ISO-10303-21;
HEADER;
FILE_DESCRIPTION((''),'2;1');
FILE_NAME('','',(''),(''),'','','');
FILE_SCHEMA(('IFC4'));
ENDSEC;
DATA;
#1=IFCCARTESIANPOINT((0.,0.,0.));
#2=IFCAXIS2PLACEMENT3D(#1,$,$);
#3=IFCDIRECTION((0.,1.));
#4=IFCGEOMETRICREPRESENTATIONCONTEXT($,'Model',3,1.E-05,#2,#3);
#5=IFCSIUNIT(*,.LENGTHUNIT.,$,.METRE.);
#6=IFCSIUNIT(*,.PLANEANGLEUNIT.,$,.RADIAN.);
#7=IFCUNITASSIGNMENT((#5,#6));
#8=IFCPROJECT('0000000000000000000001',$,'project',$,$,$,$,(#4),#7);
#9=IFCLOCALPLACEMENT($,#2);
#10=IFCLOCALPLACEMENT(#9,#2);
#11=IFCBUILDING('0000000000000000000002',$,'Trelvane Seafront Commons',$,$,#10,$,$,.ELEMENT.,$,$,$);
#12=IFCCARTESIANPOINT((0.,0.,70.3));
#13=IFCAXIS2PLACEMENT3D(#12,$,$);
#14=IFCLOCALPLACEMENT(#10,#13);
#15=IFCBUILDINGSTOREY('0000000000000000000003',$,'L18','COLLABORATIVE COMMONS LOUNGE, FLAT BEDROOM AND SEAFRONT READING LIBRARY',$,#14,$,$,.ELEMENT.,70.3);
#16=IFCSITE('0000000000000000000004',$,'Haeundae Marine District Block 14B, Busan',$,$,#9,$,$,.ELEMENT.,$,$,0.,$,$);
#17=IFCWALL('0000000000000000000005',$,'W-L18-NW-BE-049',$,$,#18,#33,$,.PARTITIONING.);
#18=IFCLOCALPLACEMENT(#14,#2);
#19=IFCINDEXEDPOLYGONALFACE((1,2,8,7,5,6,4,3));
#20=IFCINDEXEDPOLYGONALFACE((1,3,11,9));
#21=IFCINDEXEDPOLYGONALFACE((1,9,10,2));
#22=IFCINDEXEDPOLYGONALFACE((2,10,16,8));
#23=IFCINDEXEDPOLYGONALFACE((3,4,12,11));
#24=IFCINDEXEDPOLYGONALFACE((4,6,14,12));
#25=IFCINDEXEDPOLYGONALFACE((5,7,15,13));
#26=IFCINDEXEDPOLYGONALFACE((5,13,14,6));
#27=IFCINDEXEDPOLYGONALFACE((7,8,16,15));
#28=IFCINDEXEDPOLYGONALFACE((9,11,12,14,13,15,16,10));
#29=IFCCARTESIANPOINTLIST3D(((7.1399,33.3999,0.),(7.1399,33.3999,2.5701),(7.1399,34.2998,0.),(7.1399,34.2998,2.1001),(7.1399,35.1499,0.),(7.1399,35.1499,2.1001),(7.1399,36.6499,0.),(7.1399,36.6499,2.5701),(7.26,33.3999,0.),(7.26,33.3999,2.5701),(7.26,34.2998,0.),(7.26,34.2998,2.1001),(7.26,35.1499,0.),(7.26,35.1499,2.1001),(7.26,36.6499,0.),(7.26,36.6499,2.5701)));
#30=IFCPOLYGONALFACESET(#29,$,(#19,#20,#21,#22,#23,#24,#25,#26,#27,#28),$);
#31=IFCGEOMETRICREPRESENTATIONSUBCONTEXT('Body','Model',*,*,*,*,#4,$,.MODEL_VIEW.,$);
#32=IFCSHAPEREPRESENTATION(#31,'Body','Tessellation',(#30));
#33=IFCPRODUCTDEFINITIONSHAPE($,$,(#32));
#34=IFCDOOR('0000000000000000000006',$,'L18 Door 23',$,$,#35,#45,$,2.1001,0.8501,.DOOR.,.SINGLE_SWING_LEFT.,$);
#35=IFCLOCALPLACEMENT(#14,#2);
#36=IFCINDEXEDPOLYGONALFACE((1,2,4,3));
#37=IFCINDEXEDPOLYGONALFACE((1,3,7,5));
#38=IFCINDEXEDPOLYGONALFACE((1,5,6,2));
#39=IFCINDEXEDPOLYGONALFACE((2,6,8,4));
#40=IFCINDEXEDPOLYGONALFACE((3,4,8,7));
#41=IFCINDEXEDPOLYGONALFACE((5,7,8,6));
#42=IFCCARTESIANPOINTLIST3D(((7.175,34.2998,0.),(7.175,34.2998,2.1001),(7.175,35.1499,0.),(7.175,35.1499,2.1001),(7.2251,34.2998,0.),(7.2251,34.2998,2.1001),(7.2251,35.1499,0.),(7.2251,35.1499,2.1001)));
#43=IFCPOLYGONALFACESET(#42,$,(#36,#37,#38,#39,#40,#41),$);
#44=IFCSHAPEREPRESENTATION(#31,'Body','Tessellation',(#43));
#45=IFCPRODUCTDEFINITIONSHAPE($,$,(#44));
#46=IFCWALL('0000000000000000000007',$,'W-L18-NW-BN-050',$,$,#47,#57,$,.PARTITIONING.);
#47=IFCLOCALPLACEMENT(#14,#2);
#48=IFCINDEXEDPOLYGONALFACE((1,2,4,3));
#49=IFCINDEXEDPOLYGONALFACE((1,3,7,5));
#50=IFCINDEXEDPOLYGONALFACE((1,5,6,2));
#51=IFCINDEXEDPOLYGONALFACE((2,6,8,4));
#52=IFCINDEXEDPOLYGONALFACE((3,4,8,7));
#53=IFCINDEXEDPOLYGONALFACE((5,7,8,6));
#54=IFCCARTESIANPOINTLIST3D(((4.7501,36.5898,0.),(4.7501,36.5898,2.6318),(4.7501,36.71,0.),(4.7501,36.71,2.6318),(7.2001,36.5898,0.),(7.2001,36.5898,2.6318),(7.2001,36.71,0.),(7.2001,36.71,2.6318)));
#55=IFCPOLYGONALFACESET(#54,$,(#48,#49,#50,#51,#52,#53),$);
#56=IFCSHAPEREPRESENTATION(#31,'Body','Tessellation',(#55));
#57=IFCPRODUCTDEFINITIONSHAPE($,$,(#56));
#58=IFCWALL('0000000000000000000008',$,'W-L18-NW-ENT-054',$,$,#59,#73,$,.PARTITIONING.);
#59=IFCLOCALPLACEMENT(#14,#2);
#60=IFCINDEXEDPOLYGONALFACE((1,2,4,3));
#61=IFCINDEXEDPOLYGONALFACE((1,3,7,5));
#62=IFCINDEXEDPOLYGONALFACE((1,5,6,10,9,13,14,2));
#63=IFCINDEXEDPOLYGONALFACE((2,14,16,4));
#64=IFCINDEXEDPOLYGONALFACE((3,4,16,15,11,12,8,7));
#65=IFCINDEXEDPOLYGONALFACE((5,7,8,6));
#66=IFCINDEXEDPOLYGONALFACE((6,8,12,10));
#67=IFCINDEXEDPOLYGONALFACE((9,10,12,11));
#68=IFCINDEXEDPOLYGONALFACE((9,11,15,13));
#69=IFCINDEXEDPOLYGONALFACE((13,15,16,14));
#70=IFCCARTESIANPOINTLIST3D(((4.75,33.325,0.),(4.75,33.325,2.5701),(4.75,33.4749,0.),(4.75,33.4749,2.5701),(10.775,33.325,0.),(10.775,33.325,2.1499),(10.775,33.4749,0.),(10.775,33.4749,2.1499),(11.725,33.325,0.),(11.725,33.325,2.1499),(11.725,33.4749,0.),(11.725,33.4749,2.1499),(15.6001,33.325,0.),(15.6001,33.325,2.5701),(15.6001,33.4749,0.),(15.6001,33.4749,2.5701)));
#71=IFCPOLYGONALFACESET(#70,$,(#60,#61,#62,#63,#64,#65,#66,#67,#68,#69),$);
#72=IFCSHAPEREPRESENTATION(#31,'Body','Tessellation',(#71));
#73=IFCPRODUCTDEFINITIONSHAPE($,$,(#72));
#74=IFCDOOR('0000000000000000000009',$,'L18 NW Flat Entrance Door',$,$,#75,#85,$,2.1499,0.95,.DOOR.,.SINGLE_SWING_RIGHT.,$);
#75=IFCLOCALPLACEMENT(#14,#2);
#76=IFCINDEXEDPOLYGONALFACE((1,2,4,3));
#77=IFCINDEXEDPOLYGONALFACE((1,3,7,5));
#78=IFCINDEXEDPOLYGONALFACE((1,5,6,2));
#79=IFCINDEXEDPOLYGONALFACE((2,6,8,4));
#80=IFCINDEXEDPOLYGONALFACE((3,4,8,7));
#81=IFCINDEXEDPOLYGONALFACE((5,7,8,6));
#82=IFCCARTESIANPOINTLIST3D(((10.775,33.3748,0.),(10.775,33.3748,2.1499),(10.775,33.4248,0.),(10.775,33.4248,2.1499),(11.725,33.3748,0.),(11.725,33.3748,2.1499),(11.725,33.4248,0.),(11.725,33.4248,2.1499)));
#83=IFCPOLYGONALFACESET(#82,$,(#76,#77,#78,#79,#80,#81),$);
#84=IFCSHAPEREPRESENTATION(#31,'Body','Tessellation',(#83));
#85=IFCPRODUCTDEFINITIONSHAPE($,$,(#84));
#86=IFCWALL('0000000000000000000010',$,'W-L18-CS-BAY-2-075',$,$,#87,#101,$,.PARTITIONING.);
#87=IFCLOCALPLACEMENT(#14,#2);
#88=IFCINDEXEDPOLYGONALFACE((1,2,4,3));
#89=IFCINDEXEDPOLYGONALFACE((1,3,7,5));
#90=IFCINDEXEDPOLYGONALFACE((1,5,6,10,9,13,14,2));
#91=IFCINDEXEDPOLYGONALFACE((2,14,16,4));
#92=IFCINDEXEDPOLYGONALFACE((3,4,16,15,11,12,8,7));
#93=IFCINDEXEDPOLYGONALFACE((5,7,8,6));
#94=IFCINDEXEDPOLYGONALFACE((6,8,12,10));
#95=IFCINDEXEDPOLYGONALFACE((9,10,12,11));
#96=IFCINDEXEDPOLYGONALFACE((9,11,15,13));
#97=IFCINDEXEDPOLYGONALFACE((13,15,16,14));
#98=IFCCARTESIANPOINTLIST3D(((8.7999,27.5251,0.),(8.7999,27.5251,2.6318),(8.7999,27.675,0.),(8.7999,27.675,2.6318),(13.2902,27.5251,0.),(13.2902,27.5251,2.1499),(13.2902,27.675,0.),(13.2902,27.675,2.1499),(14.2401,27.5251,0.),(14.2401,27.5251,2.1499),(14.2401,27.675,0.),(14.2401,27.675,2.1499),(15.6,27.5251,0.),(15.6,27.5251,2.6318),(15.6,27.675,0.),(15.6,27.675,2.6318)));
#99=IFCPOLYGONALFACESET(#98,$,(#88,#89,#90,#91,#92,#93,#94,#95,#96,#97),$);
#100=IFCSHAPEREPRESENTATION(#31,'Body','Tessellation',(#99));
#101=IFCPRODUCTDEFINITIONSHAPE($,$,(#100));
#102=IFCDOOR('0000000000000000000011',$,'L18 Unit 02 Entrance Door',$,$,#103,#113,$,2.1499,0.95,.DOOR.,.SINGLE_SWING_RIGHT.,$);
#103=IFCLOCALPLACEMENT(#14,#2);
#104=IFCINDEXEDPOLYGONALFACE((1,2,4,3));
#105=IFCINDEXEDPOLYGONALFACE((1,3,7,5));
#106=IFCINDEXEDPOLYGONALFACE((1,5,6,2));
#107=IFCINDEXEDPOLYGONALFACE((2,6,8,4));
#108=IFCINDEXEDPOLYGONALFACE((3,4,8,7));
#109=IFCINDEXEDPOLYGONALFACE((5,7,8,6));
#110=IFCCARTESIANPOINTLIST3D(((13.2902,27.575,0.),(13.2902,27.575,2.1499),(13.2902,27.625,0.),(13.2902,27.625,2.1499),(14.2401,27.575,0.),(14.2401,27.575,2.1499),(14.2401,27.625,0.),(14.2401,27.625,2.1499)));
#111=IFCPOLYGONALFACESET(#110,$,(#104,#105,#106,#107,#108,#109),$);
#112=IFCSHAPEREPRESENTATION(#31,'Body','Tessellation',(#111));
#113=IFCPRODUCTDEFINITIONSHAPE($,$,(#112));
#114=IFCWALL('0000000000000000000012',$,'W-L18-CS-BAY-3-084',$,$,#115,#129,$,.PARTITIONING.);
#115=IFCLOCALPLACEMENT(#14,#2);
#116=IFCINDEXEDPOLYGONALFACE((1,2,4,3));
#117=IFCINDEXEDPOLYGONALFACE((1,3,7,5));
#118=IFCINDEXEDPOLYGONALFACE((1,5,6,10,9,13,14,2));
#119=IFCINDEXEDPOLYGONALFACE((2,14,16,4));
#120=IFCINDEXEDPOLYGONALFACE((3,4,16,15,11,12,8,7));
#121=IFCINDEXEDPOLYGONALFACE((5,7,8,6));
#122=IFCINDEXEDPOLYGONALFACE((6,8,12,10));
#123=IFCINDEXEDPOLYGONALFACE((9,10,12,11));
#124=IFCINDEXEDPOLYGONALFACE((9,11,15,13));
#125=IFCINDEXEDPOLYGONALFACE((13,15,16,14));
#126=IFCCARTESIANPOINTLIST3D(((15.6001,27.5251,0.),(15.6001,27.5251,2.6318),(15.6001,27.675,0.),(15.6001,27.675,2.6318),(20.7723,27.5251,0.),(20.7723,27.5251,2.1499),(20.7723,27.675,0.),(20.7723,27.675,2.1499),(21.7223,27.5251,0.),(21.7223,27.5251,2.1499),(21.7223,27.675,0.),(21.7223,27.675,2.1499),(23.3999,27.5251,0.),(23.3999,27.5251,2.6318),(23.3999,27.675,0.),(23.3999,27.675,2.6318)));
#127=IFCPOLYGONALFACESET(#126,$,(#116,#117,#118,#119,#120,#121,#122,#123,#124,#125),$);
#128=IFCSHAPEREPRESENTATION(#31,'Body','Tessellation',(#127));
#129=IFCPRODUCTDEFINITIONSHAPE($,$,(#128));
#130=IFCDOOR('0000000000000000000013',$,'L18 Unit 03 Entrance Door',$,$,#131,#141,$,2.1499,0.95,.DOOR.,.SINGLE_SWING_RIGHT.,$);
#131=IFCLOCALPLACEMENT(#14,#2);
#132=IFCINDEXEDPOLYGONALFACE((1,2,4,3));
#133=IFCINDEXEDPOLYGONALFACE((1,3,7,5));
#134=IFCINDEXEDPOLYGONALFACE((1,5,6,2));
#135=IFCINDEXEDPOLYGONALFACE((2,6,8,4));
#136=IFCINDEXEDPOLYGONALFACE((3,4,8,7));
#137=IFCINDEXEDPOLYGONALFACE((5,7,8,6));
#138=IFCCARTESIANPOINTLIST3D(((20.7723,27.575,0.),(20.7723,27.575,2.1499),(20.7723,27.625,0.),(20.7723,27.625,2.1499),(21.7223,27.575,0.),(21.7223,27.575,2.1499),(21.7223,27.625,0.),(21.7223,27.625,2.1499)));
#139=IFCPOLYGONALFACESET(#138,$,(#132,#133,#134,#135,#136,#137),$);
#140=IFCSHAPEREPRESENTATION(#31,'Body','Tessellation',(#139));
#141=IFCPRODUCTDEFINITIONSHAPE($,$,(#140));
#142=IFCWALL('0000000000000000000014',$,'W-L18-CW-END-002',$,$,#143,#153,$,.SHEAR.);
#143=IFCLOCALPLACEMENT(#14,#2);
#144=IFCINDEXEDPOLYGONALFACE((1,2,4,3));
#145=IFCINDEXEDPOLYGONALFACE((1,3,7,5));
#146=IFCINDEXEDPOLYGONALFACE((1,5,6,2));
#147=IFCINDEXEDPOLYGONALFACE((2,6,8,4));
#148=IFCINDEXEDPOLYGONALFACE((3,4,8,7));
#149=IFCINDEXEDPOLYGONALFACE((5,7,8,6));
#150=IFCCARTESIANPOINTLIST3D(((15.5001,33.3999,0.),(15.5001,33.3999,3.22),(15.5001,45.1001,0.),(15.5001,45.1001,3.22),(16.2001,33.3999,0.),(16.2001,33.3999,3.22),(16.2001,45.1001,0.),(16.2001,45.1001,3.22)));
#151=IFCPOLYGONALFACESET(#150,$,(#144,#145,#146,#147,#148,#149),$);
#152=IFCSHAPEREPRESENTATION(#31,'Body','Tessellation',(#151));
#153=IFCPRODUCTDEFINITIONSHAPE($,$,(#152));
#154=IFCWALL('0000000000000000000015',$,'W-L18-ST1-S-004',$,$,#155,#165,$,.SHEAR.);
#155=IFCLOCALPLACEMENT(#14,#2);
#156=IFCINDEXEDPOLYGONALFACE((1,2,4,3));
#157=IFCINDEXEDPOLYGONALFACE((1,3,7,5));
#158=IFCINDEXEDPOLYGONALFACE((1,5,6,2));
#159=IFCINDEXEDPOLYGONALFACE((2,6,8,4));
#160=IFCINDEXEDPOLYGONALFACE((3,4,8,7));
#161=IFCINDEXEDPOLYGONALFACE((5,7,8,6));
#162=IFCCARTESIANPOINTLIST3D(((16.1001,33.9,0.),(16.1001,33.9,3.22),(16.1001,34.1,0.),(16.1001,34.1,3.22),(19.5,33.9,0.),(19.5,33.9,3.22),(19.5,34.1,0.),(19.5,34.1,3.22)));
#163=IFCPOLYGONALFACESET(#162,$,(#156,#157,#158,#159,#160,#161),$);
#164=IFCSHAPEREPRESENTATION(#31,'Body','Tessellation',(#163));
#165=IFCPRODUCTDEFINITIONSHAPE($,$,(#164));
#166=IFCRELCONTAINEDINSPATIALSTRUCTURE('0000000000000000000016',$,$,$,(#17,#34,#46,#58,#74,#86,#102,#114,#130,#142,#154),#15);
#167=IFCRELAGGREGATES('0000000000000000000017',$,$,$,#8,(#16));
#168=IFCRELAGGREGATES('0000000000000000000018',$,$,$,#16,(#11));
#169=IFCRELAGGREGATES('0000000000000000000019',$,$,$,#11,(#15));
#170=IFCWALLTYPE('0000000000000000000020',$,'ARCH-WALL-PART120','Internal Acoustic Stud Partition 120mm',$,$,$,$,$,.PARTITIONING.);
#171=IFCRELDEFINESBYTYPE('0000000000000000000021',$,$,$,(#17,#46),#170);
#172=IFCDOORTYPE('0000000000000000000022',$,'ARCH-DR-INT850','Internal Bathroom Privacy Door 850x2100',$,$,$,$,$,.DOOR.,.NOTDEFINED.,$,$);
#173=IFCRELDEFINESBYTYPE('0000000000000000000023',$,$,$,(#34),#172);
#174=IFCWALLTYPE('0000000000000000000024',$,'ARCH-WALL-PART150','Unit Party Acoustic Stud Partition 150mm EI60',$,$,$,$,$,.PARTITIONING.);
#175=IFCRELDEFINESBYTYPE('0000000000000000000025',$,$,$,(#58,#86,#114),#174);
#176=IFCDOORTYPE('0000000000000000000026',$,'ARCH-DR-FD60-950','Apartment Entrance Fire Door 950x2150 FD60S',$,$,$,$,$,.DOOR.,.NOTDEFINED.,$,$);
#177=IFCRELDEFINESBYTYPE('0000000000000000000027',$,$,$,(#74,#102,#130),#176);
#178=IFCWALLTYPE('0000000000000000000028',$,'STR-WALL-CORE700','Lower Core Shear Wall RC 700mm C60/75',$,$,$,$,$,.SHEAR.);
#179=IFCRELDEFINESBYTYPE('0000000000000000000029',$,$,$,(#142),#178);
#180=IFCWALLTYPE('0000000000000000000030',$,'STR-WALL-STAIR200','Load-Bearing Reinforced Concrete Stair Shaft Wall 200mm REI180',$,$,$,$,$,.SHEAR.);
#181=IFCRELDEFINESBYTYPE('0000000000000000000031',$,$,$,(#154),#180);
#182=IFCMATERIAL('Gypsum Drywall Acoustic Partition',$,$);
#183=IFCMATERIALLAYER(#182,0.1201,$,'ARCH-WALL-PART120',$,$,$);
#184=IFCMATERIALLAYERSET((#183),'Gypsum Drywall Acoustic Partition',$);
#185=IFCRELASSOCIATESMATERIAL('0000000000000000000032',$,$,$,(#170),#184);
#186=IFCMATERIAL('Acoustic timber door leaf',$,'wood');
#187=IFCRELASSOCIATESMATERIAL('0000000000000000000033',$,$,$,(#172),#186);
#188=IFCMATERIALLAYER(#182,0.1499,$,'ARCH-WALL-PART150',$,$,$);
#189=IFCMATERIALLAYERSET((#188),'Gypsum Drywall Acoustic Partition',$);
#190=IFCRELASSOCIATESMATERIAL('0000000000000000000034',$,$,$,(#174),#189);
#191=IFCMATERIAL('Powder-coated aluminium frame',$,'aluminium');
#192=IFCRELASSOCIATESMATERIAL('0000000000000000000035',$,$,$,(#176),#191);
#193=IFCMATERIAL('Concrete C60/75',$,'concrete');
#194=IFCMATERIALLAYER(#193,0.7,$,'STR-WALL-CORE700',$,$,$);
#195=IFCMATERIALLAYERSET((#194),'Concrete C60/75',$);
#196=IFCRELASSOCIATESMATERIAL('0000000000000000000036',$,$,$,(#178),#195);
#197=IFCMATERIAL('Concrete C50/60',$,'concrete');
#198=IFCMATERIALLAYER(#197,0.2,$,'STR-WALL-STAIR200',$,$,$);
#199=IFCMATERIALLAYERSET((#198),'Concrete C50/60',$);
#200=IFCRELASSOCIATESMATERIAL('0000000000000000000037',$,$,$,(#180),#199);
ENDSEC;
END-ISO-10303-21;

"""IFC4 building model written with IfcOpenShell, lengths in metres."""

from ifc_helpers import new_model, si_unit, direction, frame, frame_2d, origin, place, context, subcontext, project, spatial, rectangle, extrude, source, transform, mapped, material, layer, layer_set, type_object, element, fill, save


model = new_model("IFC4")

# Units and contexts
model_context = context("Model", 3, precision=1e-05, world=origin(), true_north=direction((0.0, 1.0)))
body_context = subcontext(model_context, "Body", "Model", "MODEL_VIEW")
ifc_project = project(units=[si_unit("LENGTHUNIT", "METRE"), si_unit("PLANEANGLEUNIT", "RADIAN")], contexts=[model_context])

# Site, building, storey
site_placement = place(None, origin())
site = spatial("IfcSite", under=ifc_project, at=site_placement, Name="Haeundae Marine District Block 14B, Busan", CompositionType="ELEMENT", RefElevation=0.0)
building_placement = place(site_placement, origin())
building = spatial("IfcBuilding", under=site, at=building_placement, Name="Trelvane Seafront Commons", CompositionType="ELEMENT")
storey_placement = place(building_placement, frame((0.0, 0.0, 70.3)))
storey = spatial("IfcBuildingStorey", under=building, at=storey_placement, Name="L18", Description="COLLABORATIVE COMMONS LOUNGE, FLAT BEDROOM AND SEAFRONT READING LIBRARY", CompositionType="ELEMENT", Elevation=70.3)

# Shared definitions
ifc_material_1 = material(Name="Concrete C60/75", Category="concrete")

# Wall, opening, door
ifc_material_2 = material(Name="Gypsum Drywall Acoustic Partition")
ifc_layer_1 = layer(ifc_material_2, 0.1201, Name="ARCH-WALL-PART120")
ifc_layer_set_1 = layer_set([ifc_layer_1], Name="Gypsum Drywall Acoustic Partition")
wall_type_1 = type_object("IfcWallType", Name="ARCH-WALL-PART120", Description="Internal Acoustic Stud Partition 120mm", PredefinedType="PARTITIONING", material=ifc_layer_set_1)
ifc_material_3 = material(Name="Acoustic timber door leaf", Category="wood")
shared_shape_1 = source(origin(), body_context, "Body", "SweptSolid", [
    extrude(rectangle(XDim=0.95, YDim=2.1499, at=frame_2d((0.4751, 1.075))), frame((0.0, 0.0249, 0.0), z_axis=(0.0, -1.0, 0.0), x_axis=(1.0, 0.0, 0.0)), (0.0, 0.0, 1.0), 0.05),
])
wall_1_placement = place(storey_placement, frame((7.2, 33.3999, 0.0), z_axis=(0.0, 0.0, 1.0), x_axis=(0.0, 1.0, 0.0)))
wall_1 = element("IfcWall", 1, at=wall_1_placement, inside=storey, type_object=wall_type_1, Name="W-L18-NW-BE-049", PredefinedType="PARTITIONING", context=body_context, shape_type="SweptSolid", body=[
    extrude(rectangle(XDim=3.25, YDim=0.1201, at=frame_2d((1.625, 0.0))), origin(), (0.0, 0.0, 1.0), 2.5701),
])
opening_1_placement = place(wall_1_placement, frame((0.8999, 0.0, 0.0)))
opening_1 = element("IfcOpeningElement", 2, at=opening_1_placement, cuts=wall_1, PredefinedType="OPENING", context=body_context, shape_type="SweptSolid", body=[
    extrude(rectangle(XDim=0.8501, YDim=2.1001, at=frame_2d((0.425, 1.05))), frame((0.0, 0.0701, 0.0), z_axis=(0.0, -1.0, 0.0), x_axis=(1.0, 0.0, 0.0)), (0.0, 0.0, 1.0), 0.1401),
])
door_type_1 = type_object("IfcDoorType", Name="ARCH-DR-INT850", Description="Internal Bathroom Privacy Door 850x2100", OperationType="NOTDEFINED", PredefinedType="DOOR", material=ifc_material_3)
shared_shape_2 = source(origin(), body_context, "Body", "SweptSolid", [
    extrude(rectangle(XDim=0.8501, YDim=2.1001, at=frame_2d((0.425, 1.05))), frame((0.0, 0.0249, 0.0), z_axis=(0.0, -1.0, 0.0), x_axis=(1.0, 0.0, 0.0)), (0.0, 0.0, 1.0), 0.05),
])
door_1_placement = place(opening_1_placement, origin())
door_1 = element("IfcDoor", 3, at=door_1_placement, inside=storey, type_object=door_type_1, Name="L18 Door 23", OperationType="SINGLE_SWING_LEFT", OverallHeight=2.1001, OverallWidth=0.8501, PredefinedType="DOOR", context=body_context, shape_type="MappedRepresentation", body=[
    mapped(shared_shape_2, transform((0.0, 0.0, 0.0), x_axis=(1.0, 0.0, 0.0), y_axis=(0.0, 1.0, 0.0), z_axis=(0.0, 0.0, 1.0), scale=1.0)),
])
fill(opening_1, door_1)

# Wall
wall_2_placement = place(storey_placement, frame((4.75, 36.6499, 0.0), z_axis=(0.0, 0.0, 1.0), x_axis=(1.0, 0.0, 0.0)))
element("IfcWall", 4, at=wall_2_placement, inside=storey, type_object=wall_type_1, Name="W-L18-NW-BN-050", PredefinedType="PARTITIONING", context=body_context, shape_type="SweptSolid", body=[
    extrude(rectangle(XDim=2.45, YDim=0.1201, at=frame_2d((1.2251, 0.0))), origin(), (0.0, 0.0, 1.0), 2.6318),
])

# Walls, openings, doors
ifc_layer_2 = layer(ifc_material_2, 0.1499, Name="ARCH-WALL-PART150")
ifc_layer_set_2 = layer_set([ifc_layer_2], Name="Gypsum Drywall Acoustic Partition")
wall_type_2 = type_object("IfcWallType", Name="ARCH-WALL-PART150", Description="Unit Party Acoustic Stud Partition 150mm EI60", PredefinedType="PARTITIONING", material=ifc_layer_set_2)
wall_3_placement = place(storey_placement, frame((4.75, 33.3999, 0.0), z_axis=(0.0, 0.0, 1.0), x_axis=(1.0, 0.0, 0.0)))
wall_3 = element("IfcWall", 5, at=wall_3_placement, inside=storey, type_object=wall_type_2, Name="W-L18-NW-ENT-054", PredefinedType="PARTITIONING", context=body_context, shape_type="SweptSolid", body=[
    extrude(rectangle(XDim=10.8501, YDim=0.1499, at=frame_2d((5.425, 0.0))), origin(), (0.0, 0.0, 1.0), 2.5701),
])
opening_2_placement = place(wall_3_placement, frame((6.0249, 0.0, 0.0)))
opening_2 = element("IfcOpeningElement", 6, at=opening_2_placement, cuts=wall_3, PredefinedType="OPENING", context=body_context, shape_type="SweptSolid", body=[
    extrude(rectangle(XDim=0.95, YDim=2.1499, at=frame_2d((0.4751, 1.075))), frame((0.0, 0.085, 0.0), z_axis=(0.0, -1.0, 0.0), x_axis=(1.0, 0.0, 0.0)), (0.0, 0.0, 1.0), 0.1699),
])
ifc_material_4 = material(Name="Powder-coated aluminium frame", Category="aluminium")
door_type_2 = type_object("IfcDoorType", Name="ARCH-DR-FD60-950", Description="Apartment Entrance Fire Door 950x2150 FD60S", OperationType="NOTDEFINED", PredefinedType="DOOR", material=ifc_material_4)
door_2_placement = place(opening_2_placement, origin())
door_2 = element("IfcDoor", 7, at=door_2_placement, inside=storey, type_object=door_type_2, Name="L18 NW Flat Entrance Door", OperationType="SINGLE_SWING_RIGHT", OverallHeight=2.1499, OverallWidth=0.95, PredefinedType="DOOR", context=body_context, shape_type="MappedRepresentation", body=[
    mapped(shared_shape_1, transform((0.0, 0.0, 0.0), x_axis=(1.0, 0.0, 0.0), y_axis=(0.0, 1.0, 0.0), z_axis=(0.0, 0.0, 1.0), scale=1.0)),
])
fill(opening_2, door_2)
wall_4_placement = place(storey_placement, frame((8.8, 27.6001, 0.0), z_axis=(0.0, 0.0, 1.0), x_axis=(1.0, 0.0, 0.0)))
wall_4 = element("IfcWall", 8, at=wall_4_placement, inside=storey, type_object=wall_type_2, Name="W-L18-CS-BAY-2-075", PredefinedType="PARTITIONING", context=body_context, shape_type="SweptSolid", body=[
    extrude(rectangle(XDim=6.8, YDim=0.1499, at=frame_2d((3.3999, 0.0))), origin(), (0.0, 0.0, 1.0), 2.6318),
])
opening_3_placement = place(wall_4_placement, frame((4.49, 0.0, 0.0)))
opening_3 = element("IfcOpeningElement", 9, at=opening_3_placement, cuts=wall_4, PredefinedType="OPENING", context=body_context, shape_type="SweptSolid", body=[
    extrude(rectangle(XDim=0.95, YDim=2.1499, at=frame_2d((0.4751, 1.075))), frame((0.0, 0.085, 0.0), z_axis=(0.0, -1.0, 0.0), x_axis=(1.0, 0.0, 0.0)), (0.0, 0.0, 1.0), 0.1699),
])
door_3_placement = place(opening_3_placement, origin())
door_3 = element("IfcDoor", 10, at=door_3_placement, inside=storey, type_object=door_type_2, Name="L18 Unit 02 Entrance Door", OperationType="SINGLE_SWING_RIGHT", OverallHeight=2.1499, OverallWidth=0.95, PredefinedType="DOOR", context=body_context, shape_type="MappedRepresentation", body=[
    mapped(shared_shape_1, transform((0.0, 0.0, 0.0), x_axis=(1.0, 0.0, 0.0), y_axis=(0.0, 1.0, 0.0), z_axis=(0.0, 0.0, 1.0), scale=1.0)),
])
fill(opening_3, door_3)
wall_5_placement = place(storey_placement, frame((15.6001, 27.6001, 0.0), z_axis=(0.0, 0.0, 1.0), x_axis=(1.0, 0.0, 0.0)))
wall_5 = element("IfcWall", 11, at=wall_5_placement, inside=storey, type_object=wall_type_2, Name="W-L18-CS-BAY-3-084", PredefinedType="PARTITIONING", context=body_context, shape_type="SweptSolid", body=[
    extrude(rectangle(XDim=7.7998, YDim=0.1499, at=frame_2d((3.8999, 0.0))), origin(), (0.0, 0.0, 1.0), 2.6318),
])
opening_4_placement = place(wall_5_placement, frame((5.1721, 0.0, 0.0)))
opening_4 = element("IfcOpeningElement", 12, at=opening_4_placement, cuts=wall_5, PredefinedType="OPENING", context=body_context, shape_type="SweptSolid", body=[
    extrude(rectangle(XDim=0.95, YDim=2.1499, at=frame_2d((0.4751, 1.075))), frame((0.0, 0.085, 0.0), z_axis=(0.0, -1.0, 0.0), x_axis=(1.0, 0.0, 0.0)), (0.0, 0.0, 1.0), 0.1699),
])
door_4_placement = place(opening_4_placement, origin())
door_4 = element("IfcDoor", 13, at=door_4_placement, inside=storey, type_object=door_type_2, Name="L18 Unit 03 Entrance Door", OperationType="SINGLE_SWING_RIGHT", OverallHeight=2.1499, OverallWidth=0.95, PredefinedType="DOOR", context=body_context, shape_type="MappedRepresentation", body=[
    mapped(shared_shape_1, transform((0.0, 0.0, 0.0), x_axis=(1.0, 0.0, 0.0), y_axis=(0.0, 1.0, 0.0), z_axis=(0.0, 0.0, 1.0), scale=1.0)),
])
fill(opening_4, door_4)

# Walls
ifc_layer_3 = layer(ifc_material_1, 0.7, Name="STR-WALL-CORE700")
ifc_layer_set_3 = layer_set([ifc_layer_3], Name="Concrete C60/75")
wall_type_3 = type_object("IfcWallType", Name="STR-WALL-CORE700", Description="Lower Core Shear Wall RC 700mm C60/75", PredefinedType="SHEAR", material=ifc_layer_set_3)
wall_6_placement = place(storey_placement, frame((15.8501, 33.3999, 0.0), z_axis=(0.0, 0.0, 1.0), x_axis=(0.0, 1.0, 0.0)))
element("IfcWall", 14, at=wall_6_placement, inside=storey, type_object=wall_type_3, Name="W-L18-CW-END-002", PredefinedType="SHEAR", context=body_context, shape_type="SweptSolid", body=[
    extrude(rectangle(XDim=11.7002, YDim=0.7, at=frame_2d((5.8501, 0.0))), origin(), (0.0, 0.0, 1.0), 3.22),
])
ifc_material_5 = material(Name="Concrete C50/60", Category="concrete")
ifc_layer_4 = layer(ifc_material_5, 0.2, Name="STR-WALL-STAIR200")
ifc_layer_set_4 = layer_set([ifc_layer_4], Name="Concrete C50/60")
wall_type_4 = type_object("IfcWallType", Name="STR-WALL-STAIR200", Description="Load-Bearing Reinforced Concrete Stair Shaft Wall 200mm REI180", PredefinedType="SHEAR", material=ifc_layer_set_4)
wall_7_placement = place(storey_placement, frame((16.1001, 34.0, 0.0), z_axis=(0.0, 0.0, 1.0), x_axis=(1.0, 0.0, 0.0)))
element("IfcWall", 15, at=wall_7_placement, inside=storey, type_object=wall_type_4, Name="W-L18-ST1-S-004", PredefinedType="SHEAR", context=body_context, shape_type="SweptSolid", body=[
    extrude(rectangle(XDim=3.3999, YDim=0.2, at=frame_2d((1.7, 0.0))), origin(), (0.0, 0.0, 1.0), 3.22),
])

save(model, "model.ifc")
